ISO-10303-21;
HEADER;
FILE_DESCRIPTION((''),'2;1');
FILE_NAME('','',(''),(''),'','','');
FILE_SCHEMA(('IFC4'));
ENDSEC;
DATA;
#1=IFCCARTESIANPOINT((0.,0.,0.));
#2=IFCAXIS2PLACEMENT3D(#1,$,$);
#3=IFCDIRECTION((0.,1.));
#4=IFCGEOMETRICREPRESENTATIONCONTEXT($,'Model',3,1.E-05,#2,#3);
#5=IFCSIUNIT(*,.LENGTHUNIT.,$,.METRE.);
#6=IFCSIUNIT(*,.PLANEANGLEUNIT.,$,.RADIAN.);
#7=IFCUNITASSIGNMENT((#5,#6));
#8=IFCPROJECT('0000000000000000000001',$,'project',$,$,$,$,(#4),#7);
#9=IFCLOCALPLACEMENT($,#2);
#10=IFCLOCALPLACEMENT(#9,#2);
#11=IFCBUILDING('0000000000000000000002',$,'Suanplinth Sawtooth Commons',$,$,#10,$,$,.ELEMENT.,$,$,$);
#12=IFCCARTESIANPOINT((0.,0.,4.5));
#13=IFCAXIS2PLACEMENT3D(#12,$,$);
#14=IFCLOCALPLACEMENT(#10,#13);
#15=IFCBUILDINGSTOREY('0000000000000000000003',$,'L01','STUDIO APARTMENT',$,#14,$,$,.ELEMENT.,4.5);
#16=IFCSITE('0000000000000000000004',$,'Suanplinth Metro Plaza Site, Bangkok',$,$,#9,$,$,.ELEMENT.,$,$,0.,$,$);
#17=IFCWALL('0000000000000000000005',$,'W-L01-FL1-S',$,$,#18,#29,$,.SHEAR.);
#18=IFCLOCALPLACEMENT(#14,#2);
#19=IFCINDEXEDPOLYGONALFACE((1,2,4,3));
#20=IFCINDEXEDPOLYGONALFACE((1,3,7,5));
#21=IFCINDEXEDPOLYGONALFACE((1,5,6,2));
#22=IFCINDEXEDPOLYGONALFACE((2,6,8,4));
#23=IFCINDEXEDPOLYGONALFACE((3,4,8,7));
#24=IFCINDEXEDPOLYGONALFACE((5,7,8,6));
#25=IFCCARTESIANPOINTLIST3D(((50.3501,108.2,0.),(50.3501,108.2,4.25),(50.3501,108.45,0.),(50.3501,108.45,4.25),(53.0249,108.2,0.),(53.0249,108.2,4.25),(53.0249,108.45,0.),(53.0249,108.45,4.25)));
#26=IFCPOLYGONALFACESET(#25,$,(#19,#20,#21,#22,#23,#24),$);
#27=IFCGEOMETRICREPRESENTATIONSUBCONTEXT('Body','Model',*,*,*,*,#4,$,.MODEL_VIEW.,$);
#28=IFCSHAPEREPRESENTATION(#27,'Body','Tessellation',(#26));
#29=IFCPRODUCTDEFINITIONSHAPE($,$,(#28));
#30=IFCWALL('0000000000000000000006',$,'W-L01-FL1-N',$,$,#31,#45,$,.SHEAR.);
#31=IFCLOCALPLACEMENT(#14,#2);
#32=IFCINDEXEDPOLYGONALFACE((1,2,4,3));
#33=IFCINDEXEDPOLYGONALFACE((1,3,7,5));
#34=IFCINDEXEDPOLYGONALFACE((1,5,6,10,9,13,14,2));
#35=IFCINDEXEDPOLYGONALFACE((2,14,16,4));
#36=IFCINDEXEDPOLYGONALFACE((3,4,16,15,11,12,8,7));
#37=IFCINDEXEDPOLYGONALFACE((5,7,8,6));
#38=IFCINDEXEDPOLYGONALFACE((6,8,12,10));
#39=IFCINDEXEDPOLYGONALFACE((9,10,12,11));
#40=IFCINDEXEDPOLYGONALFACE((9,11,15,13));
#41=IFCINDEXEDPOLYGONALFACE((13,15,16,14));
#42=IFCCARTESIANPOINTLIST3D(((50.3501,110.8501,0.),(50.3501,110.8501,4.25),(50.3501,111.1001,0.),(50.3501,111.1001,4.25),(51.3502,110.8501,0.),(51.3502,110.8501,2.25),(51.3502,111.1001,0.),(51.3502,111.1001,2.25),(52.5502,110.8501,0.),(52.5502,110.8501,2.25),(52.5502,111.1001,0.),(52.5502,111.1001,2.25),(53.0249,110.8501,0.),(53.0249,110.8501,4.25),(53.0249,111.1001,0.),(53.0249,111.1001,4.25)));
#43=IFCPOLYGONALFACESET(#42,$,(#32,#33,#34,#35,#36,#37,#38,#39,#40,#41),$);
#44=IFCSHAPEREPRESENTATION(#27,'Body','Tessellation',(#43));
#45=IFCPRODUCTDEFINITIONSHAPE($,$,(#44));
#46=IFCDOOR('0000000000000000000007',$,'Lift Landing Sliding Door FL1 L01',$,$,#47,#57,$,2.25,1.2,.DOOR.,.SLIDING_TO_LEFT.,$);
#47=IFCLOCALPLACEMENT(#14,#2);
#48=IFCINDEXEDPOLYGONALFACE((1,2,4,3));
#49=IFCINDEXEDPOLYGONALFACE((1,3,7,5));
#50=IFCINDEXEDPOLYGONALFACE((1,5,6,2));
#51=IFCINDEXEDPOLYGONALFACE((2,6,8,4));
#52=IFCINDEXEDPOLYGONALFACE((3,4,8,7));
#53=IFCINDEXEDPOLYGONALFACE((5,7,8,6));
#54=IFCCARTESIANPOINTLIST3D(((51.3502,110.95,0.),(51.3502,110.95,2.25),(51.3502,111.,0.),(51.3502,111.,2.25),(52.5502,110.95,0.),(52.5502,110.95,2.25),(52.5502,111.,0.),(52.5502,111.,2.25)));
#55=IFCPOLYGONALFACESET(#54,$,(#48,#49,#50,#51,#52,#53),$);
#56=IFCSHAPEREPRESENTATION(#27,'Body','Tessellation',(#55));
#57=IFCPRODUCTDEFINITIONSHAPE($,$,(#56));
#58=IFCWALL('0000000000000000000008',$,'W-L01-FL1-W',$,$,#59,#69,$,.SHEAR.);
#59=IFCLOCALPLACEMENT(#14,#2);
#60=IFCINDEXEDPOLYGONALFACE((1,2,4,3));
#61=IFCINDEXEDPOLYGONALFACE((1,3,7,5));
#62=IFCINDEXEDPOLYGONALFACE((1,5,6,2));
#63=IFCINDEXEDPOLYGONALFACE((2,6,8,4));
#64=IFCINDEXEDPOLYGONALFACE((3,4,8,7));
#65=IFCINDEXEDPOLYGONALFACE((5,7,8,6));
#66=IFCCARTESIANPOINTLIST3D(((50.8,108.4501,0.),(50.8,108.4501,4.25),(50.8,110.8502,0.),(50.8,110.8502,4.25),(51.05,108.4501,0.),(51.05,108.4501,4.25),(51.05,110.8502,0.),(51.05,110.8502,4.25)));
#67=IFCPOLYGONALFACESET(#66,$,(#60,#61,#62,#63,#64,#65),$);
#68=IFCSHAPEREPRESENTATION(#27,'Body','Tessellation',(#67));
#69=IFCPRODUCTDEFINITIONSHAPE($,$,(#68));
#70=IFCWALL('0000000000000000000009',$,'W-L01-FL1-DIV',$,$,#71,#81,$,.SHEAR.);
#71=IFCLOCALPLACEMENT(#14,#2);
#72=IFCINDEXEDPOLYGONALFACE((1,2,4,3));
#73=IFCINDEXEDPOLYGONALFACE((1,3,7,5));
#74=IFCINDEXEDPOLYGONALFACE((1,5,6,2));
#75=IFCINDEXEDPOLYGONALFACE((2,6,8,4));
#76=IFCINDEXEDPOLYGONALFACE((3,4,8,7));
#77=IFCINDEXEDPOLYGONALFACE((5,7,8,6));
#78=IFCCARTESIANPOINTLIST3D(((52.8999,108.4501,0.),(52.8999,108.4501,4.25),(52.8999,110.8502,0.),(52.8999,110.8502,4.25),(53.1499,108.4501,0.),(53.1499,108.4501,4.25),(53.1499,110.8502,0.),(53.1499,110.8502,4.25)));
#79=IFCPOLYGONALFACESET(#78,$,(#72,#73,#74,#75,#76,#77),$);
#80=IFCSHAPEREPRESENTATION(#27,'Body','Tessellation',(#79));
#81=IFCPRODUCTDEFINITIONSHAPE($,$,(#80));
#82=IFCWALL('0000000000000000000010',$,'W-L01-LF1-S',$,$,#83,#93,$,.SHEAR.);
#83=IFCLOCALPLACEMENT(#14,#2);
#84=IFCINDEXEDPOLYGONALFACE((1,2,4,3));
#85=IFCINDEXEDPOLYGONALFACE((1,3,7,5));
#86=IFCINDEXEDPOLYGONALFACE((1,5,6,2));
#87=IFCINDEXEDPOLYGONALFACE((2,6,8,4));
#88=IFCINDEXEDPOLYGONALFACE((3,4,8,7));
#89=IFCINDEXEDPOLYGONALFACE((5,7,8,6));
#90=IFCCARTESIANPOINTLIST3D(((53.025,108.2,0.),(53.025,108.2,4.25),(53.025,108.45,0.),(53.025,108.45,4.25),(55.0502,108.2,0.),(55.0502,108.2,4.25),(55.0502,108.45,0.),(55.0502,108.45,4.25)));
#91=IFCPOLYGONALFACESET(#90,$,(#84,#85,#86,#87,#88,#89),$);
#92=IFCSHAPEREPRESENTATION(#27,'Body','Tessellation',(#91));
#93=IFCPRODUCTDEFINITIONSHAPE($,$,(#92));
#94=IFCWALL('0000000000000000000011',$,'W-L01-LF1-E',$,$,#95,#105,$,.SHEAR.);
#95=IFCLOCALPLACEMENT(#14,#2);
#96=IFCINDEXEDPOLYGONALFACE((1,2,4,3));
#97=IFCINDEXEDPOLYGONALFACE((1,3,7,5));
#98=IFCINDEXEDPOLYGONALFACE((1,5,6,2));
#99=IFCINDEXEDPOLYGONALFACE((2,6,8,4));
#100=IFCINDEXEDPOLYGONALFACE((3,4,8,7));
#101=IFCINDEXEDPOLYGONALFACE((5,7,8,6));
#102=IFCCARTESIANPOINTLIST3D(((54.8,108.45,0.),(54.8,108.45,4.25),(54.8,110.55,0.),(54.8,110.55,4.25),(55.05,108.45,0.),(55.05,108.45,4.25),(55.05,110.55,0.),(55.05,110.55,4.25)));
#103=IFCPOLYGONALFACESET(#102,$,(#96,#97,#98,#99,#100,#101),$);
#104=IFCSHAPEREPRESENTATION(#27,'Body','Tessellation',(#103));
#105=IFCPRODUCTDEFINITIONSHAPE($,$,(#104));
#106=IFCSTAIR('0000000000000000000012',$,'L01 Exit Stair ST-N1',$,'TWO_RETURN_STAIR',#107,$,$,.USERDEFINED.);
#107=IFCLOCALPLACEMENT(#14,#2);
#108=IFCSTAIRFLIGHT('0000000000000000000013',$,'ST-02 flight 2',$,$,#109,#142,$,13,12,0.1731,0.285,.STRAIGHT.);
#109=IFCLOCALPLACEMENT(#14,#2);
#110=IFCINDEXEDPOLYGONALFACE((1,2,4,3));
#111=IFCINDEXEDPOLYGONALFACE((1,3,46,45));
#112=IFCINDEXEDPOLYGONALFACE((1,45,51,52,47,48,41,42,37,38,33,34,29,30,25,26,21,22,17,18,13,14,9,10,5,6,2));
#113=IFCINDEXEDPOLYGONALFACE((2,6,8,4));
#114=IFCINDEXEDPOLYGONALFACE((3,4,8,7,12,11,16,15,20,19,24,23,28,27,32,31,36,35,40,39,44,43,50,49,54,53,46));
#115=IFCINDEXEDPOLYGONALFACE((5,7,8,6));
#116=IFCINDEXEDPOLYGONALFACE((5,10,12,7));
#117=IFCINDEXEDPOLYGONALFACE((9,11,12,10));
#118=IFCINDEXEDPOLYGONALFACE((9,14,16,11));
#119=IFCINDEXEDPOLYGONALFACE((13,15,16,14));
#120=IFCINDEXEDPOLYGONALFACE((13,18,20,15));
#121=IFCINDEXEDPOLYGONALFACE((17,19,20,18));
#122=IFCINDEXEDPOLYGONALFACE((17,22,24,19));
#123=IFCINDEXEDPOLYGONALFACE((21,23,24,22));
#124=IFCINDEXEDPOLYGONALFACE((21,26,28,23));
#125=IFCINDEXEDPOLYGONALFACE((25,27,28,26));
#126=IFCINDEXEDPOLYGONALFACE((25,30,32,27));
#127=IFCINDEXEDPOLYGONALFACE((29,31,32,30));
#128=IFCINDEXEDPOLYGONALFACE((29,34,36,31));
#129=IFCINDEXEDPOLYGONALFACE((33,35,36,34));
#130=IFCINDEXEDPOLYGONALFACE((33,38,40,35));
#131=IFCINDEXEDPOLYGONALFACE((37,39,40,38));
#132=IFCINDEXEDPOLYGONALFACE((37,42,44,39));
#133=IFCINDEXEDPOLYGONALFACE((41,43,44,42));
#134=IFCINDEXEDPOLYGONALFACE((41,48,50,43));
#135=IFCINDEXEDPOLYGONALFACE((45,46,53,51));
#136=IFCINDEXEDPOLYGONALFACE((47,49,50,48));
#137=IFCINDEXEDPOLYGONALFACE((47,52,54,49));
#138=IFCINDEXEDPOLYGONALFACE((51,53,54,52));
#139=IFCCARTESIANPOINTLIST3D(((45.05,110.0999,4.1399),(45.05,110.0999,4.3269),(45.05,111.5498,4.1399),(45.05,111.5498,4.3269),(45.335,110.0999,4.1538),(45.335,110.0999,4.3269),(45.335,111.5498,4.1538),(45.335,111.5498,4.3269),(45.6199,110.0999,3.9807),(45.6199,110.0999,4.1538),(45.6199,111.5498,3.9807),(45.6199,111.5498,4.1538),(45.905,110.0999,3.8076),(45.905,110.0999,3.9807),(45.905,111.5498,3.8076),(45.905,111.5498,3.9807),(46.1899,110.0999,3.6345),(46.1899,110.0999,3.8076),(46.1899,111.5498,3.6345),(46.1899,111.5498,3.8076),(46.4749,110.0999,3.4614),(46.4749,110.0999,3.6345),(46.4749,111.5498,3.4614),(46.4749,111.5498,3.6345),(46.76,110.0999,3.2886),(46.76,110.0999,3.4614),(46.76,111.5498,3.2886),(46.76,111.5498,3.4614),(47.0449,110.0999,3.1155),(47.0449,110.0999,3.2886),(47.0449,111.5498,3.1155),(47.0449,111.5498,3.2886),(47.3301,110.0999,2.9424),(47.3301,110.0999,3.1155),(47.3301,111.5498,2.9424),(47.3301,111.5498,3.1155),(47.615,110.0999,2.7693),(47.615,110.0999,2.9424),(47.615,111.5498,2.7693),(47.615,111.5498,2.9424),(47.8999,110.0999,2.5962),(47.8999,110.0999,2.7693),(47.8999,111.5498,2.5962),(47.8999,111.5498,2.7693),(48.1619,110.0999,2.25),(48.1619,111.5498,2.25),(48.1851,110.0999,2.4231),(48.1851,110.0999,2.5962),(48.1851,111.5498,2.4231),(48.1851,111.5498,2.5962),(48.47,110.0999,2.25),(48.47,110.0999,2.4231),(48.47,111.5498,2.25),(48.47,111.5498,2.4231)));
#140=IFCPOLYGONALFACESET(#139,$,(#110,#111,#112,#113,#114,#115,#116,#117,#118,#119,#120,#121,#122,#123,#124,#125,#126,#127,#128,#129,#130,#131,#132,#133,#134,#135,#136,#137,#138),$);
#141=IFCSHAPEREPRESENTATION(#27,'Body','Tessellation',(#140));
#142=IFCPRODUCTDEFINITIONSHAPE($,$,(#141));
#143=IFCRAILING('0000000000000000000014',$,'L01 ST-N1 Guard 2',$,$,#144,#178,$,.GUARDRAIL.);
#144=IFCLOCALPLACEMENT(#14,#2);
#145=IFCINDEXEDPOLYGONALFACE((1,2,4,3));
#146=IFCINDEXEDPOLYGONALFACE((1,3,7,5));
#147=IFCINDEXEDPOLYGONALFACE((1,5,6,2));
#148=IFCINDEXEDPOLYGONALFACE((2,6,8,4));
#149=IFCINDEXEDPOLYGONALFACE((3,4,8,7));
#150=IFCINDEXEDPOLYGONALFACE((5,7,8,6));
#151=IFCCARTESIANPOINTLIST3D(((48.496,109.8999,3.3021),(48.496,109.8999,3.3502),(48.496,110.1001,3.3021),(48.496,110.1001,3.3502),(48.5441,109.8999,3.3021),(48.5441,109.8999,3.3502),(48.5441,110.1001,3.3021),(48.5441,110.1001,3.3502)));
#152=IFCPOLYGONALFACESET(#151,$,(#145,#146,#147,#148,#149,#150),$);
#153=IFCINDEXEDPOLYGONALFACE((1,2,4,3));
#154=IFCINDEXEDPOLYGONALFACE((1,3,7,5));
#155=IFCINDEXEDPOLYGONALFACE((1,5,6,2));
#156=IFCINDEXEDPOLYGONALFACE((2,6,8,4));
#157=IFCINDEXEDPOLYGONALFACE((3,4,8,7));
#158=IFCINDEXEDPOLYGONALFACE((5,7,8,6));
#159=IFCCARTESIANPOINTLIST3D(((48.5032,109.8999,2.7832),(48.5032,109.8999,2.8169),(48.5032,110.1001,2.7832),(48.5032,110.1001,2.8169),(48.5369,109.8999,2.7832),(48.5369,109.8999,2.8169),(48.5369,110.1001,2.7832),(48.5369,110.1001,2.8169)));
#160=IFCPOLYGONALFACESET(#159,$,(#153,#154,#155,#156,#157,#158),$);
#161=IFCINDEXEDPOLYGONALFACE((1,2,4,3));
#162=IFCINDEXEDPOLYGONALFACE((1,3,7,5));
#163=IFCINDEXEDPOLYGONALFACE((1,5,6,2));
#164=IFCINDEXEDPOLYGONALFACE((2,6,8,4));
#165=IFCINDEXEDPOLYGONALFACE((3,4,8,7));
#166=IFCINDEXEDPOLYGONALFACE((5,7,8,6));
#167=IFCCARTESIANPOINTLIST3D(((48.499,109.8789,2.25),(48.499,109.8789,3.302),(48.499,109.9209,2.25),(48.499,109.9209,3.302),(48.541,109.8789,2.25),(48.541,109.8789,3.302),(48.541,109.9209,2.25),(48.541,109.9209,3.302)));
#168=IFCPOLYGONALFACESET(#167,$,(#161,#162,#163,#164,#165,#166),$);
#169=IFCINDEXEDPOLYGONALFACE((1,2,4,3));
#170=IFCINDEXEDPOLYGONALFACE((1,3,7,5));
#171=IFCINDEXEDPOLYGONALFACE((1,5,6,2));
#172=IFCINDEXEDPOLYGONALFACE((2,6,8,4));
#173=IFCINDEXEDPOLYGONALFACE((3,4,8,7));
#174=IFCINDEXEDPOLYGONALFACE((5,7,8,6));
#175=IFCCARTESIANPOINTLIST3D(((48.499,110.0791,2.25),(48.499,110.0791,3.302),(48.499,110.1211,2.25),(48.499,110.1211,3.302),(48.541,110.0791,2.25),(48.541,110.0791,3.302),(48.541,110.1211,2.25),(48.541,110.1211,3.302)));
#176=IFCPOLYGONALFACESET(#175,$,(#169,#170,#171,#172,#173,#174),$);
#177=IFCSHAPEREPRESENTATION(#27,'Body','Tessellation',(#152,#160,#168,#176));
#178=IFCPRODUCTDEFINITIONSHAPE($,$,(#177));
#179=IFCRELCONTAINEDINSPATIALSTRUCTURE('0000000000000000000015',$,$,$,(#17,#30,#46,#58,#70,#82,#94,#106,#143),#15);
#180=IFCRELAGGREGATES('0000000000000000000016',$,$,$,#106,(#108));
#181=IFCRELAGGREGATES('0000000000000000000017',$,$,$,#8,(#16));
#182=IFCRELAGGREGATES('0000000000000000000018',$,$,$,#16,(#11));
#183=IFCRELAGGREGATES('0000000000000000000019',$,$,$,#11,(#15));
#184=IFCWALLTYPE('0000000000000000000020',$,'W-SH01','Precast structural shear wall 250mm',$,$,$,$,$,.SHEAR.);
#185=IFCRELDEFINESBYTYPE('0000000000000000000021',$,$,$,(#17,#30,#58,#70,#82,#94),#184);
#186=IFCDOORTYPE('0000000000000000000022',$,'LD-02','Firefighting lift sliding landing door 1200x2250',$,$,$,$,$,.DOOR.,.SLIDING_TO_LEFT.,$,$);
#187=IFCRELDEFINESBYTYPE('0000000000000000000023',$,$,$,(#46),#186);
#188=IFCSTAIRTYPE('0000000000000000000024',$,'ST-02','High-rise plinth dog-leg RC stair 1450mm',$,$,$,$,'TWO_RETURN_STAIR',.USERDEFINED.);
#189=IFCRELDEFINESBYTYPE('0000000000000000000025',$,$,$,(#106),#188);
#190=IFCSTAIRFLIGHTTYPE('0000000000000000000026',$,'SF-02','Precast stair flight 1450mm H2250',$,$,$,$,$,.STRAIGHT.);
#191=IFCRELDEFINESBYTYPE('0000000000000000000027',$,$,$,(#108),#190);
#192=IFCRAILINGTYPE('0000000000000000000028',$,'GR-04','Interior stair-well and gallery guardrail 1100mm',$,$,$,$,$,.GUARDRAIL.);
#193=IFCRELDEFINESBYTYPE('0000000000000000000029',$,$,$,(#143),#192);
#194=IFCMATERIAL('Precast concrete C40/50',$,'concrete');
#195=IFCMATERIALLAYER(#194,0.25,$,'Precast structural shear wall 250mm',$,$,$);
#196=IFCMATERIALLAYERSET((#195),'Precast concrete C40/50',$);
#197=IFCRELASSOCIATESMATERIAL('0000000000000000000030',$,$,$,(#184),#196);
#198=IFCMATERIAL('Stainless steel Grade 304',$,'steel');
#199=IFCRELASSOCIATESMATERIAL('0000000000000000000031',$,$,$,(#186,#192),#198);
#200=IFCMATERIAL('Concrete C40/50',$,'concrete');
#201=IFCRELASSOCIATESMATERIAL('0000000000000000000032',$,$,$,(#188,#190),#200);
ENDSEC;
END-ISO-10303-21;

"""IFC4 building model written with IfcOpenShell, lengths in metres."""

from ifc_helpers import new_model, si_unit, direction, frame, frame_2d, origin, origin_2d, place, context, subcontext, project, spatial, polyline, rectangle, outline, extrude, material, layer, layer_set, type_object, element, fill, aggregate, save


model = new_model("IFC4")

# Units and contexts
model_context = context("Model", 3, precision=1e-05, world=origin(), true_north=direction((0.0, 1.0)))
body_context = subcontext(model_context, "Body", "Model", "MODEL_VIEW")
ifc_project = project(units=[si_unit("LENGTHUNIT", "METRE"), si_unit("PLANEANGLEUNIT", "RADIAN")], contexts=[model_context])

# Site, building, storey
site_placement = place(None, origin())
site = spatial("IfcSite", under=ifc_project, at=site_placement, Name="Suanplinth Metro Plaza Site, Bangkok", CompositionType="ELEMENT", RefElevation=0.0)
building_placement = place(site_placement, origin())
building = spatial("IfcBuilding", under=site, at=building_placement, Name="Suanplinth Sawtooth Commons", CompositionType="ELEMENT")
storey_placement = place(building_placement, frame((0.0, 0.0, 4.5)))
storey = spatial("IfcBuildingStorey", under=building, at=storey_placement, Name="L01", Description="STUDIO APARTMENT", CompositionType="ELEMENT", Elevation=4.5)

# Shared definitions
ifc_material_1 = material(Name="Concrete C40/50", Category="concrete")

# Shared definitions
ifc_material_2 = material(Name="Precast concrete C40/50", Category="concrete")

# Wall
ifc_layer_1 = layer(ifc_material_2, 0.25, Name="Precast structural shear wall 250mm")
ifc_layer_set_1 = layer_set([ifc_layer_1], Name="Precast concrete C40/50")
wall_type_1 = type_object("IfcWallType", Name="W-SH01", Description="Precast structural shear wall 250mm", PredefinedType="SHEAR", material=ifc_layer_set_1)
wall_1_placement = place(storey_placement, frame((50.3501, 108.325, 0.0), z_axis=(0.0, 0.0, 1.0), x_axis=(1.0, 0.0, 0.0)))
element("IfcWall", 1, at=wall_1_placement, inside=storey, type_object=wall_type_1, Name="W-L01-FL1-S", PredefinedType="SHEAR", context=body_context, shape_type="SweptSolid", body=[
    extrude(rectangle(XDim=2.6748, YDim=0.25, at=frame_2d((1.3374, 0.0))), origin(), (0.0, 0.0, 1.0), 4.25),
])

# Wall, opening, door
wall_2_placement = place(storey_placement, frame((50.3501, 110.9751, 0.0), z_axis=(0.0, 0.0, 1.0), x_axis=(1.0, 0.0, 0.0)))
wall_2 = element("IfcWall", 2, at=wall_2_placement, inside=storey, type_object=wall_type_1, Name="W-L01-FL1-N", PredefinedType="SHEAR", context=body_context, shape_type="SweptSolid", body=[
    extrude(rectangle(XDim=2.6748, YDim=0.25, at=frame_2d((1.3374, 0.0))), origin(), (0.0, 0.0, 1.0), 4.25),
])
opening_1_placement = place(wall_2_placement, frame((1.0, 0.0, 0.0)))
opening_1 = element("IfcOpeningElement", 3, at=opening_1_placement, cuts=wall_2, PredefinedType="OPENING", context=body_context, shape_type="SweptSolid", body=[
    extrude(rectangle(XDim=1.2, YDim=2.25, at=frame_2d((0.6001, 1.125))), frame((0.0, 0.1399, 0.0), z_axis=(0.0, -1.0, 0.0), x_axis=(1.0, 0.0, 0.0)), (0.0, 0.0, 1.0), 0.2798),
])
ifc_material_3 = material(Name="Stainless steel Grade 304", Category="steel")
door_type_1 = type_object("IfcDoorType", Name="LD-02", Description="Firefighting lift sliding landing door 1200x2250", OperationType="SLIDING_TO_LEFT", PredefinedType="DOOR", material=ifc_material_3)
door_1_placement = place(opening_1_placement, origin())
door_1 = element("IfcDoor", 4, at=door_1_placement, inside=storey, type_object=door_type_1, Name="Lift Landing Sliding Door FL1 L01", OperationType="SLIDING_TO_LEFT", OverallHeight=2.25, OverallWidth=1.2, PredefinedType="DOOR", context=body_context, shape_type="SweptSolid", body=[
    extrude(rectangle(XDim=1.2, YDim=2.25, at=frame_2d((0.6001, 1.125))), frame((0.0, 0.0249, 0.0), z_axis=(0.0, -1.0, 0.0), x_axis=(1.0, 0.0, 0.0)), (0.0, 0.0, 1.0), 0.05),
])
fill(opening_1, door_1)

# Walls
for number, where, z_axis, x_axis, name in (
    (5, (50.925, 108.45, 0.0), (0.0, 0.0, 1.0), (0.0, 1.0, 0.0), "W-L01-FL1-W"),
    (6, (53.0249, 108.45, 0.0), (0.0, 0.0, 1.0), (0.0, 1.0, 0.0), "W-L01-FL1-DIV"),
):
    element("IfcWall", number, at=place(storey_placement, frame(where, z_axis=z_axis, x_axis=x_axis)), inside=storey, type_object=wall_type_1, Name=name, PredefinedType="SHEAR", context=body_context, shape_type="SweptSolid", body=[
        extrude(rectangle(XDim=2.4001, YDim=0.25, at=frame_2d((1.2002, 0.0))), origin(), (0.0, 0.0, 1.0), 4.25),
    ])
wall_3_placement = place(storey_placement, frame((53.0249, 108.325, 0.0), z_axis=(0.0, 0.0, 1.0), x_axis=(1.0, 0.0, 0.0)))
element("IfcWall", 7, at=wall_3_placement, inside=storey, type_object=wall_type_1, Name="W-L01-LF1-S", PredefinedType="SHEAR", context=body_context, shape_type="SweptSolid", body=[
    extrude(rectangle(XDim=2.0251, YDim=0.25, at=frame_2d((1.0127, 0.0))), origin(), (0.0, 0.0, 1.0), 4.25),
])

# Wall
wall_4_placement = place(storey_placement, frame((54.925, 108.45, 0.0), z_axis=(0.0, 0.0, 1.0), x_axis=(0.0, 1.0, 0.0)))
element("IfcWall", 8, at=wall_4_placement, inside=storey, type_object=wall_type_1, Name="W-L01-LF1-E", PredefinedType="SHEAR", context=body_context, shape_type="SweptSolid", body=[
    extrude(rectangle(XDim=2.1001, YDim=0.25, at=frame_2d((1.05, 0.0))), origin(), (0.0, 0.0, 1.0), 4.25),
])

# Stair, stair flight
stair_type = type_object("IfcStairType", Name="ST-02", Description="High-rise plinth dog-leg RC stair 1450mm", ElementType="TWO_RETURN_STAIR", PredefinedType="USERDEFINED", material=ifc_material_1)
stair_placement = place(storey_placement, origin())
stair = element("IfcStair", 9, at=stair_placement, inside=storey, type_object=stair_type, Name="L01 Exit Stair ST-N1", ObjectType="TWO_RETURN_STAIR", PredefinedType="USERDEFINED")
stair_flight_type = type_object("IfcStairFlightType", Name="SF-02", Description="Precast stair flight 1450mm H2250", PredefinedType="STRAIGHT", material=ifc_material_1)
stair_flight_placement = place(storey_placement, frame((48.47, 110.825, 2.25), z_axis=(0.0, 0.0, 1.0), x_axis=(-1.0, 0.0, 0.0)))
stair_flight = element("IfcStairFlight", 10, at=stair_flight_placement, type_object=stair_flight_type, Name="ST-02 flight 2", NumberOfRisers=13, NumberOfTreads=12, PredefinedType="STRAIGHT", RiserHeight=0.1731, TreadLength=0.285, context=body_context, shape_type="SweptSolid", body=[
    extrude(outline(polyline([(0.0, 0.0), (0.0, 0.1731), (0.2849, 0.1731), (0.2849, 0.3462), (0.5701, 0.3462), (0.5701, 0.5193), (0.855, 0.5193), (0.855, 0.6924), (1.1399, 0.6924), (1.1399, 0.8655), (1.425, 0.8655), (1.425, 1.0386), (1.71, 1.0386), (1.71, 1.2114), (1.9951, 1.2114), (1.9951, 1.3845), (2.28, 1.3845), (2.28, 1.5576), (2.5649, 1.5576), (2.5649, 1.7307), (2.8501, 1.7307), (2.8501, 1.9038), (3.135, 1.9038), (3.135, 2.0769), (3.4199, 2.0769), (3.4199, 2.25), (3.4199, 1.8899), (0.3081, 0.0), (0.0, 0.0)])), frame((0.0, 0.7251, 0.0), z_axis=(0.0, -1.0, 0.0), x_axis=(1.0, 0.0, 0.0)), (0.0, 0.0, 1.0), 1.45),
])
aggregate(stair, [stair_flight])

# Railing
railing_type_1 = type_object("IfcRailingType", Name="GR-04", Description="Interior stair-well and gallery guardrail 1100mm", PredefinedType="GUARDRAIL", material=ifc_material_3)
railing_1_placement = place(storey_placement, frame((48.52, 109.8999, 2.25)))
element("IfcRailing", 11, at=railing_1_placement, inside=storey, type_object=railing_type_1, Name="L01 ST-N1 Guard 2", PredefinedType="GUARDRAIL", context=body_context, shape_type="SweptSolid", body=[
    extrude(rectangle(XDim=0.0481, YDim=0.0481, at=origin_2d()), frame((0.0, 0.0, 1.0762), z_axis=(0.0, 1.0, 0.0), x_axis=(-1.0, 0.0, 0.0)), (0.0, 0.0, 1.0), 0.2002),
    extrude(rectangle(XDim=0.0337, YDim=0.0337, at=origin_2d()), frame((0.0, 0.0, 0.55), z_axis=(0.0, 1.0, 0.0), x_axis=(-1.0, 0.0, 0.0)), (0.0, 0.0, 1.0), 0.2002),
    extrude(rectangle(XDim=0.042, YDim=0.042, at=origin_2d()), origin(), (0.0, 0.0, 1.0), 1.052),
    extrude(rectangle(XDim=0.042, YDim=0.042, at=origin_2d()), frame((0.0, 0.2002, 0.0)), (0.0, 0.0, 1.0), 1.052),
])

save(model, "model.ifc")
